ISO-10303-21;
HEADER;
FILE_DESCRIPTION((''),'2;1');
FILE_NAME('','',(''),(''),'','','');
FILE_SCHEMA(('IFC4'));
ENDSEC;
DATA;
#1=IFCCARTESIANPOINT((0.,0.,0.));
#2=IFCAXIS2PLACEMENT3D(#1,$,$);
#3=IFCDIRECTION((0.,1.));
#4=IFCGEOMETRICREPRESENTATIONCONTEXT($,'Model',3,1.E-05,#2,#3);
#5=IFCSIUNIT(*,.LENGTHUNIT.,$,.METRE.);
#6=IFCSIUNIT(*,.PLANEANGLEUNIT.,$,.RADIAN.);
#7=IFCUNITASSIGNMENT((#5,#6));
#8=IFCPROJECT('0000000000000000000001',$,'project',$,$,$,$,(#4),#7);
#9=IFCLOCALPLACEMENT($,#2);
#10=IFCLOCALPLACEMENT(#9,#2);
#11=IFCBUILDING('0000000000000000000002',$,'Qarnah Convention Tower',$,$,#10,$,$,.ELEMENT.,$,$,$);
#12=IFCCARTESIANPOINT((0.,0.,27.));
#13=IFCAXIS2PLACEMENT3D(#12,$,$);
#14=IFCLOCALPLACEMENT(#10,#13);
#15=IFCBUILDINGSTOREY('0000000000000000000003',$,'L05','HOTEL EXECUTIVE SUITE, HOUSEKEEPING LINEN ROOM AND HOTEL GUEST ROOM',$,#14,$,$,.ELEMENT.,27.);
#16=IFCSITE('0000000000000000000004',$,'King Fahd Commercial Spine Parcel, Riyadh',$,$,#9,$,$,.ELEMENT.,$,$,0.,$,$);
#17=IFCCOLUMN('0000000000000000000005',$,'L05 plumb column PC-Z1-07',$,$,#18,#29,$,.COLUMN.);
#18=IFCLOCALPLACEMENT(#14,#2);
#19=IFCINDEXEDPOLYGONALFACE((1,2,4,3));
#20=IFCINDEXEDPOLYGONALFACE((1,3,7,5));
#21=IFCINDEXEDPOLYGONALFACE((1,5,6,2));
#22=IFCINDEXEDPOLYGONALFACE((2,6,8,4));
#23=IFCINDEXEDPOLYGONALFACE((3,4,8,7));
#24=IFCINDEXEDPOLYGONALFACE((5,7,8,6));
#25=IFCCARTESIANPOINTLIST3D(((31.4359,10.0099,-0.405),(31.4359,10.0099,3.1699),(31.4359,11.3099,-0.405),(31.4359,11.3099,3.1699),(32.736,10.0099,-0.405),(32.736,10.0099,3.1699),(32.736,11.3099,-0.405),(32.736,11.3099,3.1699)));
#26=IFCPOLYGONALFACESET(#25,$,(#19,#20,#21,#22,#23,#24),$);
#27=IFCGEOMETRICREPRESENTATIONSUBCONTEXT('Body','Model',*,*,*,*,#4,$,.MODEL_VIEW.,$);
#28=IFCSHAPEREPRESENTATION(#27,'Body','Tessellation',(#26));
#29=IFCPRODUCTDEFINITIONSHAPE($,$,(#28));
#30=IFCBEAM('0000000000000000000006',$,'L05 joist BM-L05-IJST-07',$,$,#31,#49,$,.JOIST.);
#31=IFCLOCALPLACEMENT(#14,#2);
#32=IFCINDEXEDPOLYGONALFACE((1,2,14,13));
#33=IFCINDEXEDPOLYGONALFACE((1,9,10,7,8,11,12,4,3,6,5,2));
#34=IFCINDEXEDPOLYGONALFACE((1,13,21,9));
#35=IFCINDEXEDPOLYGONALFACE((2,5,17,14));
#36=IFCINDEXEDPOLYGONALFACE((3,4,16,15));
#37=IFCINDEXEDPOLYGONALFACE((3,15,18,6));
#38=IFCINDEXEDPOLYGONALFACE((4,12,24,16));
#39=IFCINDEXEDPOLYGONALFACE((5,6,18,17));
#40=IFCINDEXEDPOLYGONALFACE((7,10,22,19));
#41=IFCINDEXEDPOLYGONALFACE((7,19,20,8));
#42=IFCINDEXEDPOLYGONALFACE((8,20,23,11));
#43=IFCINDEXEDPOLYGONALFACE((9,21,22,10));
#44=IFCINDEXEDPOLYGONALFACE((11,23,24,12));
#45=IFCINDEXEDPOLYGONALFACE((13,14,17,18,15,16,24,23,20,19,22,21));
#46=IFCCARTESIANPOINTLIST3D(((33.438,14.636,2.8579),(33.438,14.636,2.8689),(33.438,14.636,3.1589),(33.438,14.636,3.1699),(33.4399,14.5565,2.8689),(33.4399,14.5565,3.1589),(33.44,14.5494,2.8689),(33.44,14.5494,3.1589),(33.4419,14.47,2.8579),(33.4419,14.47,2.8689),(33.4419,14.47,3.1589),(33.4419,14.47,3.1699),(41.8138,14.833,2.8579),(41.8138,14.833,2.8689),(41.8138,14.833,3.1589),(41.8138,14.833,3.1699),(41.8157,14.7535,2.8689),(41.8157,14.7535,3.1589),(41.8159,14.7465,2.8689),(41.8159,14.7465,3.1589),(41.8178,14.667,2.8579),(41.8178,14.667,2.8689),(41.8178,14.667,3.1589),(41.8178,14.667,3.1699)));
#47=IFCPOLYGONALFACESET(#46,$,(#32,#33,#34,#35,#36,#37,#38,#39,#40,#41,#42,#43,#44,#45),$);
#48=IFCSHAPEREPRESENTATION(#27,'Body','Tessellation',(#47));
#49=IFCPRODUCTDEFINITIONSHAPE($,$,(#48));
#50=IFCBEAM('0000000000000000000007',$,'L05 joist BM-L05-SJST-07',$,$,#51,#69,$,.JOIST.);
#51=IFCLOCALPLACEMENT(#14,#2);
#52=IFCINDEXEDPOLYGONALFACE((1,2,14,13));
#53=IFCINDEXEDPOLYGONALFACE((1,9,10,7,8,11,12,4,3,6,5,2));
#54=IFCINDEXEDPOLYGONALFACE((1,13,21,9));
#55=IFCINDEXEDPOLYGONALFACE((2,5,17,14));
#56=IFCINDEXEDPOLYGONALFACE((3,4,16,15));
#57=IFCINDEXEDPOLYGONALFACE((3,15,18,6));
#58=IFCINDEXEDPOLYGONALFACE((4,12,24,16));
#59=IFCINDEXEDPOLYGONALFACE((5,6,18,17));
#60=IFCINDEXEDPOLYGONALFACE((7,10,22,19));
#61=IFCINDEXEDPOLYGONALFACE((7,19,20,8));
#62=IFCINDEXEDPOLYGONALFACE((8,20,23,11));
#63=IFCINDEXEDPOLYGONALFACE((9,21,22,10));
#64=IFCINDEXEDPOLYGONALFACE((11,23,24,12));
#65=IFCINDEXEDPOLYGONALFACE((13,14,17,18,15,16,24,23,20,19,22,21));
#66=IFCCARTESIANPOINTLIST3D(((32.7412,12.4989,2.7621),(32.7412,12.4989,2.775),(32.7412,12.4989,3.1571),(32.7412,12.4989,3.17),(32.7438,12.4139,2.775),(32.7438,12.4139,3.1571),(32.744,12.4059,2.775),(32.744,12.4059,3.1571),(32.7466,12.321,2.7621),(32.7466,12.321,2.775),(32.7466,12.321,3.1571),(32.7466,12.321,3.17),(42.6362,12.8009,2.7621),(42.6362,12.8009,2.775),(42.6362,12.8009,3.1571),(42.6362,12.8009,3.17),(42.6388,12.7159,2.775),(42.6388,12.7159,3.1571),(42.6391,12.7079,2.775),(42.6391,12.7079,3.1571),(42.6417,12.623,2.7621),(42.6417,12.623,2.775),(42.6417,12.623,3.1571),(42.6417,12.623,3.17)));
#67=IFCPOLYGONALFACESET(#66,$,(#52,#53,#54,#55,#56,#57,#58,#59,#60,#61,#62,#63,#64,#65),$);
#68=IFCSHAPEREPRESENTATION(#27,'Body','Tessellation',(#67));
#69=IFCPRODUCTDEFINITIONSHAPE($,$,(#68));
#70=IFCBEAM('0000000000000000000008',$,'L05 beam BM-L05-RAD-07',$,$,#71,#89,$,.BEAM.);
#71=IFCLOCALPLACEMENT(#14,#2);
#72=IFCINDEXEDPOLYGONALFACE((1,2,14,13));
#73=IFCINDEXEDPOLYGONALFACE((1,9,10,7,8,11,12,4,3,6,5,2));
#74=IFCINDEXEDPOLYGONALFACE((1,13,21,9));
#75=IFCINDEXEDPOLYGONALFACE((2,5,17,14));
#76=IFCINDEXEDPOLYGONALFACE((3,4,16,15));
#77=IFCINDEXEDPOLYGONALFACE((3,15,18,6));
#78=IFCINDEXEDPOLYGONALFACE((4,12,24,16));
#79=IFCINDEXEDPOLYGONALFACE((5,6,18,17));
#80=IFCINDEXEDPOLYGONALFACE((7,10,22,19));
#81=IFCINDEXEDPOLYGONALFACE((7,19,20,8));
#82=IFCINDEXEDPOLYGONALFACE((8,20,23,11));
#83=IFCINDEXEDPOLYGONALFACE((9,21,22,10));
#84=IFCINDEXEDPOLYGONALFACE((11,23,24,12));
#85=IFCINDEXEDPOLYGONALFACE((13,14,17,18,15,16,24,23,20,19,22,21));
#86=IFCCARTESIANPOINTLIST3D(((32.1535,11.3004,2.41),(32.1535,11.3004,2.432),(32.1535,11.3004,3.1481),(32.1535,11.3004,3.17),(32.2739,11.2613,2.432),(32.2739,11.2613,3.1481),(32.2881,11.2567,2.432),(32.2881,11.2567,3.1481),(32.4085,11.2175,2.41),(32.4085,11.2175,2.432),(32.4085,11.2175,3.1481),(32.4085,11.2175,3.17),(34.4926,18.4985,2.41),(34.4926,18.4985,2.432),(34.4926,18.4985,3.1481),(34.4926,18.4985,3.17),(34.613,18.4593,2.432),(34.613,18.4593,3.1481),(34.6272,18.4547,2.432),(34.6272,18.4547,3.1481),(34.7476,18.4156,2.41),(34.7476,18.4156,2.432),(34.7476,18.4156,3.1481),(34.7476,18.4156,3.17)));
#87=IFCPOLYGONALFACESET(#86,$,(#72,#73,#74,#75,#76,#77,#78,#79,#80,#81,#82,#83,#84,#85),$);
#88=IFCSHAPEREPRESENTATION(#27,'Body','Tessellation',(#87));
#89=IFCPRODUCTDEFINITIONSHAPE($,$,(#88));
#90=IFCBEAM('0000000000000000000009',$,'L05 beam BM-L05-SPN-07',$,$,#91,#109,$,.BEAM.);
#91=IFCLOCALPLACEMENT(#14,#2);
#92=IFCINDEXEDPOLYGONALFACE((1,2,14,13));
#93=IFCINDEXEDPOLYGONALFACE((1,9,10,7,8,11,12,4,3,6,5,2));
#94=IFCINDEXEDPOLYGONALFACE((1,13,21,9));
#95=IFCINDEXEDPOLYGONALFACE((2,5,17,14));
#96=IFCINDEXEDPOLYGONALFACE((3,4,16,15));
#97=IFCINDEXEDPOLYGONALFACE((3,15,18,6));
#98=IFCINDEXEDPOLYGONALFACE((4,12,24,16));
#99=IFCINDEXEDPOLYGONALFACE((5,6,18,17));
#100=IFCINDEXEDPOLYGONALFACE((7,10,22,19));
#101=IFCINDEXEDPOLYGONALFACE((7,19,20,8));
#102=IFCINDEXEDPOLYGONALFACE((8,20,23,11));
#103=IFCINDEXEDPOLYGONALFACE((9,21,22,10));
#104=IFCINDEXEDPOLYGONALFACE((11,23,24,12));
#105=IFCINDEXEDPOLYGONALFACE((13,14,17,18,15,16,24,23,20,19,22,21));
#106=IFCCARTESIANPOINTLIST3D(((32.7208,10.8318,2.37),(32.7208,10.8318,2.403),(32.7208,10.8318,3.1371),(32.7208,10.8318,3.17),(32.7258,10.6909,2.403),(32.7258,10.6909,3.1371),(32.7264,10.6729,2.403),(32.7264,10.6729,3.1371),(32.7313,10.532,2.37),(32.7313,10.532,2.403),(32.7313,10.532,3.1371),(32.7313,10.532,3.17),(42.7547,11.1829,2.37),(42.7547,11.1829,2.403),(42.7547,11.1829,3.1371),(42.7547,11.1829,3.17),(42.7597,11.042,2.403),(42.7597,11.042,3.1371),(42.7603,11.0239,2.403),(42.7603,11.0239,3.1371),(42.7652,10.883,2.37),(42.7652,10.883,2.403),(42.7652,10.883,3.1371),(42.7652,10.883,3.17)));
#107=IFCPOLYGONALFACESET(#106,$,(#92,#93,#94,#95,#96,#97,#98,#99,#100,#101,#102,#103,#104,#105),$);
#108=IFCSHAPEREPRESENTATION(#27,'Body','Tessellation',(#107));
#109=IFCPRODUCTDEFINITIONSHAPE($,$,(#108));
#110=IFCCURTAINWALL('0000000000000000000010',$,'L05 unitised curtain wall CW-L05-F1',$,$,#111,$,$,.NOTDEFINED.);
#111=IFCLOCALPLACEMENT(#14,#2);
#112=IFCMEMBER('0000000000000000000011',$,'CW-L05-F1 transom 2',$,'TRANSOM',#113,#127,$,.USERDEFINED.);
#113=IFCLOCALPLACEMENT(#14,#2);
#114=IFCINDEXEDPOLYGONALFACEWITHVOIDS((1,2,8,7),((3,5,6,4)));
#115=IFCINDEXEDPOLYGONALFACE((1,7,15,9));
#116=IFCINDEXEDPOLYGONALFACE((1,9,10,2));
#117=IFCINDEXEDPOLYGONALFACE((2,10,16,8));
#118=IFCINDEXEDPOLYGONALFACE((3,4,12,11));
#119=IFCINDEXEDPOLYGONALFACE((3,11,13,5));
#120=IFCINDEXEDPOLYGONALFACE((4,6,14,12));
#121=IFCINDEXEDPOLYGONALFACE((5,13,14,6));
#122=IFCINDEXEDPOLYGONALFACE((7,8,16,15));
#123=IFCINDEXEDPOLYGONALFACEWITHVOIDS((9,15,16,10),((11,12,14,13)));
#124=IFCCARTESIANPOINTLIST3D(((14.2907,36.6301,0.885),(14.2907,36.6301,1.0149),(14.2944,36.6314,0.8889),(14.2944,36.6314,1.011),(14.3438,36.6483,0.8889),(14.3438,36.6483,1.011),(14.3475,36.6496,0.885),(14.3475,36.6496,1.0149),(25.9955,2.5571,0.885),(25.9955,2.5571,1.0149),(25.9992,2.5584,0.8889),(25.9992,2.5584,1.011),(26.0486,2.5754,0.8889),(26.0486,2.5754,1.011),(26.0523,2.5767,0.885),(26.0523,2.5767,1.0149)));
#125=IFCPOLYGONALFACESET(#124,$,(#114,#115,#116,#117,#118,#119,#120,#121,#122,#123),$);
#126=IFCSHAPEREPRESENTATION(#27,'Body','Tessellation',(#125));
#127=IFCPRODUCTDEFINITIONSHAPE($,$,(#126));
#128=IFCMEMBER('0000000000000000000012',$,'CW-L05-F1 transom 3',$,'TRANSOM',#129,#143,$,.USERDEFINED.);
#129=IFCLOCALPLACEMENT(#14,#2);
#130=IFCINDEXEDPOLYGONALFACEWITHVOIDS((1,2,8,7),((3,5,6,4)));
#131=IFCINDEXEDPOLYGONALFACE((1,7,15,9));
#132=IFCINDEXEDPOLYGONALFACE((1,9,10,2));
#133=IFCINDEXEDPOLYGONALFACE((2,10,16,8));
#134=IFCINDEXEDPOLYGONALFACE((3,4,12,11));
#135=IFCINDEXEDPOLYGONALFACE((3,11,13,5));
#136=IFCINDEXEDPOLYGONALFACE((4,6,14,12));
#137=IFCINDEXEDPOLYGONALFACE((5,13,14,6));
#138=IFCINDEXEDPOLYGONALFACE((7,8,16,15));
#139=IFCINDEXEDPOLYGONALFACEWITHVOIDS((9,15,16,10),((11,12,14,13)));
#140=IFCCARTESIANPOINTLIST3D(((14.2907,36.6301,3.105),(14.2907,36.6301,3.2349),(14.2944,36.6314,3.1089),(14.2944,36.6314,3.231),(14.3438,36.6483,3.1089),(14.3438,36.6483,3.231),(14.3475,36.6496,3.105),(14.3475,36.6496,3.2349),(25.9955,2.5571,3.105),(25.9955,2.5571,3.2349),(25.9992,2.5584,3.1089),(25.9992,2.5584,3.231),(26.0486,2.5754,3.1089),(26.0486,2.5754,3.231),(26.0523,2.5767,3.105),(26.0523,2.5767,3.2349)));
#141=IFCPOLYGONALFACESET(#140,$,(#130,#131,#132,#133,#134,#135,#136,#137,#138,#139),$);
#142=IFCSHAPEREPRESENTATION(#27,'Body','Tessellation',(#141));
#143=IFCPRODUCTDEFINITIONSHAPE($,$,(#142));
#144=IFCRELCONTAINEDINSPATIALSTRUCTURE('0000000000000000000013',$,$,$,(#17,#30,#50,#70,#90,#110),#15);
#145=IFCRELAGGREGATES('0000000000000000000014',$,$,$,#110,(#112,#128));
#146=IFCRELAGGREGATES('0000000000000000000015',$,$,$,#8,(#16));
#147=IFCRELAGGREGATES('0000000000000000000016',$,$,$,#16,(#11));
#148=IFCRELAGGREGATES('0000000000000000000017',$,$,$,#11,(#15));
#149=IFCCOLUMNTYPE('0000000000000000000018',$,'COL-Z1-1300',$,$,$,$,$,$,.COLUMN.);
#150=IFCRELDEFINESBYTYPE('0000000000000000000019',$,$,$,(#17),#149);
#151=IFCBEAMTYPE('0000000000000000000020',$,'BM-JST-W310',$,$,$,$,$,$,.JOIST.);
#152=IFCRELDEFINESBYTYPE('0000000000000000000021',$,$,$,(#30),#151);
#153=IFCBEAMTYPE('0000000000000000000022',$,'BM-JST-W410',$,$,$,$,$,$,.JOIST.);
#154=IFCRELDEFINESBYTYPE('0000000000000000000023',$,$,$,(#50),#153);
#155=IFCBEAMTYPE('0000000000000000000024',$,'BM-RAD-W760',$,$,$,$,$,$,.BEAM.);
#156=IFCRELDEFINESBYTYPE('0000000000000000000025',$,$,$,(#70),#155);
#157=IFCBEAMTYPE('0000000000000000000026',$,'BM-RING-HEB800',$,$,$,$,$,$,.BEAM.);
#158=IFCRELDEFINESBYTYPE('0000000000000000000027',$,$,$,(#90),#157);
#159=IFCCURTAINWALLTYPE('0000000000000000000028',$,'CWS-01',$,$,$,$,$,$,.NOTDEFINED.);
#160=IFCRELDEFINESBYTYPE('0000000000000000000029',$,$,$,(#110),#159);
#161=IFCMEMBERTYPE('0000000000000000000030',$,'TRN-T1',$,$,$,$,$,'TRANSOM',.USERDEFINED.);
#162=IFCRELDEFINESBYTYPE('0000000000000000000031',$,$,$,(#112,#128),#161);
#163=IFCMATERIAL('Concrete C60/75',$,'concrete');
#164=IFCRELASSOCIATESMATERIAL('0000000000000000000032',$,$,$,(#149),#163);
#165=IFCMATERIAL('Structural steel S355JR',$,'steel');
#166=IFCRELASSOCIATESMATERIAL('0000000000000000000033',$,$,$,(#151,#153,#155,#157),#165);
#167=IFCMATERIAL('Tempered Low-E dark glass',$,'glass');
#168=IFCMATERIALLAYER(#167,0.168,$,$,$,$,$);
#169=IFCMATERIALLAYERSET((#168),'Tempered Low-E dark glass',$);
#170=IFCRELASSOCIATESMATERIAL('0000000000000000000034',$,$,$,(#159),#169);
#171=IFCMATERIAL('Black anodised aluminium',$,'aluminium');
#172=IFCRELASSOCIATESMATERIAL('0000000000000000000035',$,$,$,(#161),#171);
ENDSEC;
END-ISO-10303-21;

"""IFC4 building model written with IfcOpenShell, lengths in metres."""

from ifc_helpers import new_model, si_unit, direction, frame, origin, origin_2d, place, context, subcontext, project, spatial, rectangle, hollow_rectangle, i_section, extrude, material, layer, layer_set, material_profile, profile_set, type_object, element, aggregate, save


model = new_model("IFC4")

# Units and contexts
model_context = context("Model", 3, precision=1e-05, world=origin(), true_north=direction((0.0, 1.0)))
body_context = subcontext(model_context, "Body", "Model", "MODEL_VIEW")
ifc_project = project(units=[si_unit("LENGTHUNIT", "METRE"), si_unit("PLANEANGLEUNIT", "RADIAN")], contexts=[model_context])

# Site, building, storey
site_placement = place(None, origin())
site = spatial("IfcSite", under=ifc_project, at=site_placement, Name="King Fahd Commercial Spine Parcel, Riyadh", CompositionType="ELEMENT", RefElevation=0.0)
building_placement = place(site_placement, origin())
building = spatial("IfcBuilding", under=site, at=building_placement, Name="Qarnah Convention Tower", CompositionType="ELEMENT")
storey_placement = place(building_placement, frame((0.0, 0.0, 27.0)))
storey = spatial("IfcBuildingStorey", under=building, at=storey_placement, Name="L05", Description="HOTEL EXECUTIVE SUITE, HOUSEKEEPING LINEN ROOM AND HOTEL GUEST ROOM", CompositionType="ELEMENT", Elevation=27.0)

# Column
ifc_material_1 = material(Name="Concrete C60/75", Category="concrete")
ifc_material_profile_1 = material_profile(ifc_material_1, rectangle(XDim=1.3, YDim=1.3, at=origin_2d()), Name="RC-COL-1300X1300")
ifc_profile_set_1 = profile_set([ifc_material_profile_1], Name="Concrete C60/75")
column_type = type_object("IfcColumnType", Name="COL-Z1-1300", PredefinedType="COLUMN", material=ifc_profile_set_1)
column_placement = place(storey_placement, frame((32.0859, 10.6599, -0.405), z_axis=(0.0, 0.0, 1.0), x_axis=(1.0, 0.0, 0.0)))
element("IfcColumn", 1, at=column_placement, inside=storey, type_object=column_type, Name="L05 plumb column PC-Z1-07", PredefinedType="COLUMN", context=body_context, shape_type="SweptSolid", body=[
    extrude(rectangle(XDim=1.3, YDim=1.3, at=origin_2d()), origin(), (0.0, 0.0, 1.0), 3.575),
])

# Beams
ifc_material_2 = material(Name="Structural steel S355JR", Category="steel")
ifc_material_profile_2 = material_profile(ifc_material_2, i_section(OverallWidth=0.166, OverallDepth=0.312, WebThickness=0.0071, FlangeThickness=0.011, at=origin_2d()), Name="W310X45")
ifc_profile_set_2 = profile_set([ifc_material_profile_2], Name="Structural steel S355JR")
beam_type_1 = type_object("IfcBeamType", Name="BM-JST-W310", PredefinedType="JOIST", material=ifc_profile_set_2)
beam_1_placement = place(storey_placement, frame((33.4399, 14.553, 3.0139), z_axis=(0.999723, 0.023516, 0.0), x_axis=(-0.023516, 0.999723, 0.0)))
element("IfcBeam", 2, at=beam_1_placement, inside=storey, type_object=beam_type_1, Name="L05 joist BM-L05-IJST-07", PredefinedType="JOIST", context=body_context, shape_type="SweptSolid", body=[
    extrude(i_section(OverallWidth=0.166, OverallDepth=0.312, WebThickness=0.0071, FlangeThickness=0.011, at=origin_2d()), origin(), (0.0, 0.0, 1.0), 8.3782),
])
ifc_material_profile_3 = material_profile(ifc_material_2, i_section(OverallWidth=0.178, OverallDepth=0.408, WebThickness=0.0081, FlangeThickness=0.0129, at=origin_2d()), Name="W410X60")
ifc_profile_set_3 = profile_set([ifc_material_profile_3], Name="Structural steel S355JR")
beam_type_2 = type_object("IfcBeamType", Name="BM-JST-W410", PredefinedType="JOIST", material=ifc_profile_set_3)
beam_2_placement = place(storey_placement, frame((32.7439, 12.4099, 2.9661), z_axis=(0.999535, 0.030506, 0.0), x_axis=(-0.030506, 0.999535, 0.0)))
element("IfcBeam", 3, at=beam_2_placement, inside=storey, type_object=beam_type_2, Name="L05 joist BM-L05-SJST-07", PredefinedType="JOIST", context=body_context, shape_type="SweptSolid", body=[
    extrude(i_section(OverallWidth=0.178, OverallDepth=0.408, WebThickness=0.0081, FlangeThickness=0.0129, at=origin_2d()), origin(), (0.0, 0.0, 1.0), 9.8997),
])
ifc_material_profile_4 = material_profile(ifc_material_2, i_section(OverallWidth=0.2681, OverallDepth=0.76, WebThickness=0.0149, FlangeThickness=0.022, at=origin_2d()), Name="W760X185")
ifc_profile_set_4 = profile_set([ifc_material_profile_4], Name="Structural steel S355JR")
beam_type_3 = type_object("IfcBeamType", Name="BM-RAD-W760", PredefinedType="BEAM", material=ifc_profile_set_4)
beam_3_placement = place(storey_placement, frame((34.6201, 18.457, 2.79), z_axis=(-0.309058, -0.951043, 0.0), x_axis=(0.951043, -0.309058, 0.0)))
element("IfcBeam", 4, at=beam_3_placement, inside=storey, type_object=beam_type_3, Name="L05 beam BM-L05-RAD-07", PredefinedType="BEAM", context=body_context, shape_type="SweptSolid", body=[
    extrude(i_section(OverallWidth=0.2681, OverallDepth=0.76, WebThickness=0.0149, FlangeThickness=0.022, at=origin_2d()), origin(), (0.0, 0.0, 1.0), 7.5686),
])
ifc_material_profile_5 = material_profile(ifc_material_2, i_section(OverallWidth=0.3, OverallDepth=0.8, WebThickness=0.0181, FlangeThickness=0.033, at=origin_2d()), Name="HEB800")
ifc_profile_set_5 = profile_set([ifc_material_profile_5], Name="Structural steel S355JR")
beam_type_4 = type_object("IfcBeamType", Name="BM-RING-HEB800", PredefinedType="BEAM", material=ifc_profile_set_5)
beam_4_placement = place(storey_placement, frame((32.7261, 10.6819, 2.77), z_axis=(0.999388, 0.034967, 0.0), x_axis=(-0.034967, 0.999388, 0.0)))
element("IfcBeam", 5, at=beam_4_placement, inside=storey, type_object=beam_type_4, Name="L05 beam BM-L05-SPN-07", PredefinedType="BEAM", context=body_context, shape_type="SweptSolid", body=[
    extrude(i_section(OverallWidth=0.3, OverallDepth=0.8, WebThickness=0.0181, FlangeThickness=0.033, at=origin_2d()), origin(), (0.0, 0.0, 1.0), 10.04),
])

# Curtain wall, members
ifc_material_3 = material(Name="Tempered Low-E dark glass", Category="glass")
ifc_layer_1 = layer(ifc_material_3, 0.168)
ifc_layer_set_1 = layer_set([ifc_layer_1], Name="Tempered Low-E dark glass")
curtain_wall_type = type_object("IfcCurtainWallType", Name="CWS-01", PredefinedType="NOTDEFINED", material=ifc_layer_set_1)
curtain_wall_placement = place(storey_placement, origin())
curtain_wall = element("IfcCurtainWall", 6, at=curtain_wall_placement, inside=storey, type_object=curtain_wall_type, Name="L05 unitised curtain wall CW-L05-F1", PredefinedType="NOTDEFINED")
ifc_material_4 = material(Name="Black anodised aluminium", Category="aluminium")
ifc_material_profile_6 = material_profile(ifc_material_4, hollow_rectangle(XDim=0.0601, YDim=0.1299, WallThickness=0.0039, at=origin_2d()), Name="TRN-60X130")
ifc_profile_set_6 = profile_set([ifc_material_profile_6], Name="Black anodised aluminium")
member_type = type_object("IfcMemberType", Name="TRN-T1", ElementType="TRANSOM", PredefinedType="USERDEFINED", material=ifc_profile_set_6)
member_1_placement = place(storey_placement, frame((26.0239, 2.5669, 0.95), z_axis=(-0.324887, 0.945753, 0.0), x_axis=(-0.945753, -0.324887, 0.0)))
member_1 = element("IfcMember", 7, at=member_1_placement, type_object=member_type, Name="CW-L05-F1 transom 2", ObjectType="TRANSOM", PredefinedType="USERDEFINED", context=body_context, shape_type="SweptSolid", body=[
    extrude(hollow_rectangle(XDim=0.0601, YDim=0.1299, WallThickness=0.0039, at=origin_2d()), origin(), (0.0, 0.0, 1.0), 36.0273),
])
member_2_placement = place(storey_placement, frame((26.0239, 2.5669, 3.1699), z_axis=(-0.324887, 0.945753, 0.0), x_axis=(-0.945753, -0.324887, 0.0)))
member_2 = element("IfcMember", 8, at=member_2_placement, type_object=member_type, Name="CW-L05-F1 transom 3", ObjectType="TRANSOM", PredefinedType="USERDEFINED", context=body_context, shape_type="SweptSolid", body=[
    extrude(hollow_rectangle(XDim=0.0601, YDim=0.1299, WallThickness=0.0039, at=origin_2d()), origin(), (0.0, 0.0, 1.0), 36.0273),
])
aggregate(curtain_wall, [member_1, member_2])

save(model, "model.ifc")
